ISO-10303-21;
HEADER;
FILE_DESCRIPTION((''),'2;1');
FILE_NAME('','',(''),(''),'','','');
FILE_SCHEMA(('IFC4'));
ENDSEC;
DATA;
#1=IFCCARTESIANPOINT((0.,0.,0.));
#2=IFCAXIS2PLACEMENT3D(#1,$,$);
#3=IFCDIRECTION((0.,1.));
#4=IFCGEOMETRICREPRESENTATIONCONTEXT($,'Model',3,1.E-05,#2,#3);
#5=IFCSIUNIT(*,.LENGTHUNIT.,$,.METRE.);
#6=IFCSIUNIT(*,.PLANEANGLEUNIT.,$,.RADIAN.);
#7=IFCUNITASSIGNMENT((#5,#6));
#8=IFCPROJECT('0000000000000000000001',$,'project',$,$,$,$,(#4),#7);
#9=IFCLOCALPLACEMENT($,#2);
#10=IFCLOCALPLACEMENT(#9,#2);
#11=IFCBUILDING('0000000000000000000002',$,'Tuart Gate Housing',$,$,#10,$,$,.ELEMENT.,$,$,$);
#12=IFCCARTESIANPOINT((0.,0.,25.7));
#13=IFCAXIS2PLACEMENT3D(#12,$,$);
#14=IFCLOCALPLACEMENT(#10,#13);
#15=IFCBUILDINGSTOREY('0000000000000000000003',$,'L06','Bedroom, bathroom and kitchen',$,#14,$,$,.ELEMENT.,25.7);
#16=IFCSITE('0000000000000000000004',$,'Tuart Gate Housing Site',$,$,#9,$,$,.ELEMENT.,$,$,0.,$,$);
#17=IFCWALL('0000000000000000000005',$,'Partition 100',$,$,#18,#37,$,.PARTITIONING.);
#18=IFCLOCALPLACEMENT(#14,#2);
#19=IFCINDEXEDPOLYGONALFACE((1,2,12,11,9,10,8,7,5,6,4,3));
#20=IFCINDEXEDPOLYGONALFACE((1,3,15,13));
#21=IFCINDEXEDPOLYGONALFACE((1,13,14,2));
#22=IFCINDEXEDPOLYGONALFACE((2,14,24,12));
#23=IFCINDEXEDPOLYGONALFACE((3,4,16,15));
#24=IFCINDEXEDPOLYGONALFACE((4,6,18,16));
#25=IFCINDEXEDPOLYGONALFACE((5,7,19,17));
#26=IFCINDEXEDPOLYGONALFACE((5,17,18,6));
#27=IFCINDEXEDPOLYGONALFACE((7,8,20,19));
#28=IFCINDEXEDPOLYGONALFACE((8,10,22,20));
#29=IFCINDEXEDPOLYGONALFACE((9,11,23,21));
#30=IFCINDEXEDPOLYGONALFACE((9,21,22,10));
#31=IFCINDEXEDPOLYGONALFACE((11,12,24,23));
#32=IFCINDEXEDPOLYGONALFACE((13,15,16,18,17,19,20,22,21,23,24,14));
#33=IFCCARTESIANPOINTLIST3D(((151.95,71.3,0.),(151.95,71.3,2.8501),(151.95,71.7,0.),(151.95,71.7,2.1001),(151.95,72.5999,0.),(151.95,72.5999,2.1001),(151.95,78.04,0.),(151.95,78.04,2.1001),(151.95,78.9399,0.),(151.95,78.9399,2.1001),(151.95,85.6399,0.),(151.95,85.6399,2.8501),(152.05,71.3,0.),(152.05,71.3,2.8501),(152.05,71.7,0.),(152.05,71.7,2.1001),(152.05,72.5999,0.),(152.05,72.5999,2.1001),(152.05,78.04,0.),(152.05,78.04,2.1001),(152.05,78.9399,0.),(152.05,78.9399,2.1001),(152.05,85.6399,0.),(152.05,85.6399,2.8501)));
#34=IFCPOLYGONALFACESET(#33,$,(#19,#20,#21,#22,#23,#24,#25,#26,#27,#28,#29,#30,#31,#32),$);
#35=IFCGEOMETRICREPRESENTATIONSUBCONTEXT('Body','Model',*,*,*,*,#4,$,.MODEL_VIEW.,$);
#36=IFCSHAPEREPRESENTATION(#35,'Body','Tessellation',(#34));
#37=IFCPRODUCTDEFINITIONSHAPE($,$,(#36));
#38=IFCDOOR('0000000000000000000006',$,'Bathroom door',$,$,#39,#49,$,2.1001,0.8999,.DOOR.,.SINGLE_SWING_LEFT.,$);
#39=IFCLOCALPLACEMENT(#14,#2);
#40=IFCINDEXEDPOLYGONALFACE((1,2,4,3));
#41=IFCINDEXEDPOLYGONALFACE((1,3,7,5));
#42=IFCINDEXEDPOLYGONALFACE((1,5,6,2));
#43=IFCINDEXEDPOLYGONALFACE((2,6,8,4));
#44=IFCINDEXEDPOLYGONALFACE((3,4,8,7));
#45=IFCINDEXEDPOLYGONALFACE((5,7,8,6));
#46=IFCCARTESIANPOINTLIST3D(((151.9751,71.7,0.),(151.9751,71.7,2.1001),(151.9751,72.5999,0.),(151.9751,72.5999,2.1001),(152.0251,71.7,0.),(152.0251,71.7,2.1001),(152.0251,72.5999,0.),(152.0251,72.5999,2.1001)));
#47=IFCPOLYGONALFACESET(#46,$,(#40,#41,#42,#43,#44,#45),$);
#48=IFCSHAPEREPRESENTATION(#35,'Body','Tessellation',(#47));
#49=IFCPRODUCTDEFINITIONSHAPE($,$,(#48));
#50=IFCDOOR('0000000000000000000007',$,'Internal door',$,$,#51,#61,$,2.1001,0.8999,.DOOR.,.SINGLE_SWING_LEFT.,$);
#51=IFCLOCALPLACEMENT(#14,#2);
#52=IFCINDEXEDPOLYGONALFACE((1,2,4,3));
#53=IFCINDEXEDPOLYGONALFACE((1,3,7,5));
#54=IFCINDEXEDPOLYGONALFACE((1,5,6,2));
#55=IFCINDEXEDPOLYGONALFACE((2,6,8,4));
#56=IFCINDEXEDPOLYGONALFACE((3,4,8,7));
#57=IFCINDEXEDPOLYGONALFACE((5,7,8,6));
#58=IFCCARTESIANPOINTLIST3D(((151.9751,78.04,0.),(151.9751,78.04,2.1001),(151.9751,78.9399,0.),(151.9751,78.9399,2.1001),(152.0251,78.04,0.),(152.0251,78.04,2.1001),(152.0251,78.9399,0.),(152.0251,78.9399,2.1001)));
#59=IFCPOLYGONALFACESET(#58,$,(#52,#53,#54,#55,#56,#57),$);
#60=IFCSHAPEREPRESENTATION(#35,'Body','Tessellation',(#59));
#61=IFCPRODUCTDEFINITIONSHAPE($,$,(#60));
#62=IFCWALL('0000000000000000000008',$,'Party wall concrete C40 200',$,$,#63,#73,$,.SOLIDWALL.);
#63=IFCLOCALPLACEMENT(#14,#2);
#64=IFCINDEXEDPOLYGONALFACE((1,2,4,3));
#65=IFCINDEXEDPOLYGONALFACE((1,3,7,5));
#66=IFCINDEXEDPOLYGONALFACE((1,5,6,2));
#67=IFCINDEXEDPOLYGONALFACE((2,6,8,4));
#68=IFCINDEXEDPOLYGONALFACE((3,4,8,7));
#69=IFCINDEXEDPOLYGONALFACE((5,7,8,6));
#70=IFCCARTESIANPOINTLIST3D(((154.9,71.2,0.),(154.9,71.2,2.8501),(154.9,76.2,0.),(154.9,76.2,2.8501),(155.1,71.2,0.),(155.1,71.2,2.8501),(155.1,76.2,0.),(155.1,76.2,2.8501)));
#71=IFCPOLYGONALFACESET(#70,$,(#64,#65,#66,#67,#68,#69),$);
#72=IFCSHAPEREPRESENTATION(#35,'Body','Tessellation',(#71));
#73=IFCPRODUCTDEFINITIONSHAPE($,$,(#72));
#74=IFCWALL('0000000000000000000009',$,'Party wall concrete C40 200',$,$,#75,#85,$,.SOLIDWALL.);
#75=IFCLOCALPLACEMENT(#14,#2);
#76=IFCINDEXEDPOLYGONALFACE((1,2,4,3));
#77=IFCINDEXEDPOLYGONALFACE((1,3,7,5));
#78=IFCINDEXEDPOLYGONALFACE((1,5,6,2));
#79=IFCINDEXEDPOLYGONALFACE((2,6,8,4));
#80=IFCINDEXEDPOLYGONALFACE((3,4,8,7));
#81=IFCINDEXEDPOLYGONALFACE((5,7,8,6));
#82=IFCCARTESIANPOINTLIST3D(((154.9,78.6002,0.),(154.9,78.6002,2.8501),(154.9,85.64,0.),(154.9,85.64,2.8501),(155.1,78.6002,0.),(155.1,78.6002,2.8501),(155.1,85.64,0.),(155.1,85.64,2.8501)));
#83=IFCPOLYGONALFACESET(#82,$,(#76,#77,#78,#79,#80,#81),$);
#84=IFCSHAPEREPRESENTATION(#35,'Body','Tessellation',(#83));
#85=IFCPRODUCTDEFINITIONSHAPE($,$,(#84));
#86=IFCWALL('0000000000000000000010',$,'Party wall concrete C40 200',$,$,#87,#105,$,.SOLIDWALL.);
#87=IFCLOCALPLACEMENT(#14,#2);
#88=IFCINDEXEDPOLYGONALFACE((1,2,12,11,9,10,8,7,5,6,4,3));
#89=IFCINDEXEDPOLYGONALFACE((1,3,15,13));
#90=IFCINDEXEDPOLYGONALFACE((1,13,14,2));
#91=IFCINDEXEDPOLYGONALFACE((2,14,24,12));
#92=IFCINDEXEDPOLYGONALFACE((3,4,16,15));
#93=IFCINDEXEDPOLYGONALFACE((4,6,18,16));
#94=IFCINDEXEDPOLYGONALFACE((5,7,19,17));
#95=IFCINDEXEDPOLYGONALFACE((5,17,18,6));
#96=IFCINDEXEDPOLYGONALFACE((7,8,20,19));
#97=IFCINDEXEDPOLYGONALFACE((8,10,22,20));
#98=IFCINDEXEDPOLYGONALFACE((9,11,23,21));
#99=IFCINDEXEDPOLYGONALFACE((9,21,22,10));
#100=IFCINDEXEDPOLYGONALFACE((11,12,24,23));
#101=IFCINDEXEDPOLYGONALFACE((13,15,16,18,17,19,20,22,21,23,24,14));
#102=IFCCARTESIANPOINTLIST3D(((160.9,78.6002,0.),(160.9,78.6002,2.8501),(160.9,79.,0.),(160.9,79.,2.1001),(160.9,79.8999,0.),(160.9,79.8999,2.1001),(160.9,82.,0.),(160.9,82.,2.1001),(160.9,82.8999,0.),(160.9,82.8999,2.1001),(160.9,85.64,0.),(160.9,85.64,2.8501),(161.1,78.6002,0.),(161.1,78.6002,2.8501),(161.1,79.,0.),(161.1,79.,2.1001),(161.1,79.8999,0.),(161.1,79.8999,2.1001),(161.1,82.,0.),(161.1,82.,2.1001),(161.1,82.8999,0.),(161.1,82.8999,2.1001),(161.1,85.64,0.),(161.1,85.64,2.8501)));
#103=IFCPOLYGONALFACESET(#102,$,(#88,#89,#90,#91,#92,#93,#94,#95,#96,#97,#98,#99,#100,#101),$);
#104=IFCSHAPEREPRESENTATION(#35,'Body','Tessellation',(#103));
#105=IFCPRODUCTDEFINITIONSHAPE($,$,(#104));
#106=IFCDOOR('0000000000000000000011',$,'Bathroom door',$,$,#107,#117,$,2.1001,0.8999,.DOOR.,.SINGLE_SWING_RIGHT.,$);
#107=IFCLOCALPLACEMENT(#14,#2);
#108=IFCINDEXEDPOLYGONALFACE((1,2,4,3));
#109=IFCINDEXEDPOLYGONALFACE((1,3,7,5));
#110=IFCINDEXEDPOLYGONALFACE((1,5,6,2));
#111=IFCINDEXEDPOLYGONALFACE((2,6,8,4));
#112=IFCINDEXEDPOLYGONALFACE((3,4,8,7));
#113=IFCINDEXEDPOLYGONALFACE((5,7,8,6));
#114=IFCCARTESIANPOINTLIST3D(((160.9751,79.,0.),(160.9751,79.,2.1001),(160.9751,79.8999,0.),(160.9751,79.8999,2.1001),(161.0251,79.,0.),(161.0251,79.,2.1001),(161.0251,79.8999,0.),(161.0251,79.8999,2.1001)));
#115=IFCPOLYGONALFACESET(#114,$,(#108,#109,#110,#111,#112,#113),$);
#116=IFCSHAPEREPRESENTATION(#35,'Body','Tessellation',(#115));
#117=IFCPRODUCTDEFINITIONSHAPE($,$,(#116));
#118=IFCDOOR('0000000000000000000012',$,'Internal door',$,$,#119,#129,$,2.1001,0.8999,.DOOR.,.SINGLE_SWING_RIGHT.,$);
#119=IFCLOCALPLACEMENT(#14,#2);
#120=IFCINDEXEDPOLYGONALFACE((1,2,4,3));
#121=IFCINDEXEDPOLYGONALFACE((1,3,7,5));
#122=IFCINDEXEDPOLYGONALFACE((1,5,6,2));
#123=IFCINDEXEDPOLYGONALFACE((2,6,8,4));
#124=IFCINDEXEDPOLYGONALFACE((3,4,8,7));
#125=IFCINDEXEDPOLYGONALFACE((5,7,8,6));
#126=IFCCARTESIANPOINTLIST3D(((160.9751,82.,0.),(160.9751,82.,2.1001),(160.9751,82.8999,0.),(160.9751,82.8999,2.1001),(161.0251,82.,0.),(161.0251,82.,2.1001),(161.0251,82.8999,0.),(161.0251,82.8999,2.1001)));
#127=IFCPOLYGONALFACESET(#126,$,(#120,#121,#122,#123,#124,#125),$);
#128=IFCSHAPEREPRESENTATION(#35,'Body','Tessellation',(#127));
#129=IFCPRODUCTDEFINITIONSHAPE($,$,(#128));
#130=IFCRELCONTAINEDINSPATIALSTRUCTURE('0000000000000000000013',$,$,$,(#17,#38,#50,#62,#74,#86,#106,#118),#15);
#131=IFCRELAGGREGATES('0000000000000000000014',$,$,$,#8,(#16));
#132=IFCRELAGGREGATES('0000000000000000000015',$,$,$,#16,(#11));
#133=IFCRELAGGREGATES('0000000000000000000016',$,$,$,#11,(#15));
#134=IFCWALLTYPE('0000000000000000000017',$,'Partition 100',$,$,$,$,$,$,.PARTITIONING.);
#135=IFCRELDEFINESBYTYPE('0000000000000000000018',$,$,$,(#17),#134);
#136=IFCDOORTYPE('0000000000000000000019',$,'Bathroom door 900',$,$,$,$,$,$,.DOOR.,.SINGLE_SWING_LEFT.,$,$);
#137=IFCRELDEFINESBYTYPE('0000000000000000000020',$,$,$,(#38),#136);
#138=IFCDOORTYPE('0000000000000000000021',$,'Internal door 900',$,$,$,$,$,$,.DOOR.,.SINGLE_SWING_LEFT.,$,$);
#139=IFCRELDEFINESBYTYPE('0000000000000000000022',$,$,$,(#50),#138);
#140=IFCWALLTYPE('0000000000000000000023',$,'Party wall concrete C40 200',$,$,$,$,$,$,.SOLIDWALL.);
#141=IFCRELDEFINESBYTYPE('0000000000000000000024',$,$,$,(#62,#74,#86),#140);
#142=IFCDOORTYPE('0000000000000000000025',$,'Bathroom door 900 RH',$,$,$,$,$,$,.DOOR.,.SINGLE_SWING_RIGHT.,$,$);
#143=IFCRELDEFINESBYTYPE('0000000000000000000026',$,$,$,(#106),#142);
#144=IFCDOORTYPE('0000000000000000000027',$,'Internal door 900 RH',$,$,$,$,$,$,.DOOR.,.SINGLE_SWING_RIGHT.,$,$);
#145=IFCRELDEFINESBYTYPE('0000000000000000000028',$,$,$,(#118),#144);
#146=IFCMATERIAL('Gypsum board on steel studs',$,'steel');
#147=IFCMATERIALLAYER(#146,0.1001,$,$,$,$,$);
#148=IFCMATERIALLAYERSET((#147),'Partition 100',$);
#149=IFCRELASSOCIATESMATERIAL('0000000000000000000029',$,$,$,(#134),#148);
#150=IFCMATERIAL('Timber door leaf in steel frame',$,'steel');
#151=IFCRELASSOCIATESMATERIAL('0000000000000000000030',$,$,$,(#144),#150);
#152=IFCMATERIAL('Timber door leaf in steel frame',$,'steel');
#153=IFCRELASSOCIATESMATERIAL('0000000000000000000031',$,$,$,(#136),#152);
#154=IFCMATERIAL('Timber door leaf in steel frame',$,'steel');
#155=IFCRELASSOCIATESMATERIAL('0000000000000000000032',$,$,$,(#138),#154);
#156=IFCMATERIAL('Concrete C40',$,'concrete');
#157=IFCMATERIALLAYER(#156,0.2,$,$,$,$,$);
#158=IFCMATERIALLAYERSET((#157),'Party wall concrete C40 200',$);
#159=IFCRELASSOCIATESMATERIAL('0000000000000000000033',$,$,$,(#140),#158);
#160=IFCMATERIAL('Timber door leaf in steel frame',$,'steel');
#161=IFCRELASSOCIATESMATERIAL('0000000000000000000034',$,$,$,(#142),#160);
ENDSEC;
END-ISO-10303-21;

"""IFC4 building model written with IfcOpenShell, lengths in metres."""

from ifc_helpers import new_model, si_unit, direction, frame, frame_2d, origin, place, context, subcontext, project, spatial, rectangle, extrude, material, layer, layer_set, type_object, element, fill, save


model = new_model("IFC4")

# Units and contexts
model_context = context("Model", 3, precision=1e-05, world=origin(), true_north=direction((0.0, 1.0)))
body_context = subcontext(model_context, "Body", "Model", "MODEL_VIEW")
ifc_project = project(units=[si_unit("LENGTHUNIT", "METRE"), si_unit("PLANEANGLEUNIT", "RADIAN")], contexts=[model_context])

# Site, building, storey
site_placement = place(None, origin())
site = spatial("IfcSite", under=ifc_project, at=site_placement, Name="Tuart Gate Housing Site", CompositionType="ELEMENT", RefElevation=0.0)
building_placement = place(site_placement, origin())
building = spatial("IfcBuilding", under=site, at=building_placement, Name="Tuart Gate Housing", CompositionType="ELEMENT")
storey_placement = place(building_placement, frame((0.0, 0.0, 25.7)))
storey = spatial("IfcBuildingStorey", under=building, at=storey_placement, Name="L06", Description="Bedroom, bathroom and kitchen", CompositionType="ELEMENT", Elevation=25.7)

# Shared definitions
ifc_material_1 = material(Name="Gypsum board on steel studs", Category="steel")
ifc_layer_1 = layer(ifc_material_1, 0.1001)
ifc_layer_set_1 = layer_set([ifc_layer_1], Name="Partition 100")
wall_type_1 = type_object("IfcWallType", Name="Partition 100", PredefinedType="PARTITIONING", material=ifc_layer_set_1)

# Shared definitions
ifc_material_2 = material(Name="Timber door leaf in steel frame", Category="steel")
door_type_1 = type_object("IfcDoorType", Name="Internal door 900 RH", OperationType="SINGLE_SWING_RIGHT", PredefinedType="DOOR", material=ifc_material_2)

# Wall, openings, doors
wall_1_placement = place(storey_placement, frame((152.0, 71.3, 0.0), z_axis=(0.0, 0.0, 1.0), x_axis=(0.0, 1.0, 0.0)))
wall_1 = element("IfcWall", 1, at=wall_1_placement, inside=storey, type_object=wall_type_1, Name="Partition 100", PredefinedType="PARTITIONING", context=body_context, shape_type="SweptSolid", body=[
    extrude(rectangle(XDim=14.3398, YDim=0.1001, at=frame_2d((7.1699, 0.0))), origin(), (0.0, 0.0, 1.0), 2.8501),
])
opening_1_placement = place(wall_1_placement, frame((6.74, 0.0, 0.0)))
opening_1 = element("IfcOpeningElement", 2, at=opening_1_placement, cuts=wall_1, PredefinedType="OPENING", context=body_context, shape_type="SweptSolid", body=[
    extrude(rectangle(XDim=0.8999, YDim=2.1001, at=frame_2d((0.45, 1.05))), frame((0.0, 0.0601, 0.0), z_axis=(0.0, -1.0, 0.0), x_axis=(1.0, 0.0, 0.0)), (0.0, 0.0, 1.0), 0.1201),
])
opening_2_placement = place(wall_1_placement, frame((0.3999, 0.0, 0.0)))
opening_2 = element("IfcOpeningElement", 3, at=opening_2_placement, cuts=wall_1, PredefinedType="OPENING", context=body_context, shape_type="SweptSolid", body=[
    extrude(rectangle(XDim=0.8999, YDim=2.1001, at=frame_2d((0.45, 1.05))), frame((0.0, 0.0601, 0.0), z_axis=(0.0, -1.0, 0.0), x_axis=(1.0, 0.0, 0.0)), (0.0, 0.0, 1.0), 0.1201),
])
ifc_material_3 = material(Name="Timber door leaf in steel frame", Category="steel")
door_type_2 = type_object("IfcDoorType", Name="Bathroom door 900", OperationType="SINGLE_SWING_LEFT", PredefinedType="DOOR", material=ifc_material_3)
door_1_placement = place(opening_2_placement, origin())
door_1 = element("IfcDoor", 4, at=door_1_placement, inside=storey, type_object=door_type_2, Name="Bathroom door", OperationType="SINGLE_SWING_LEFT", OverallHeight=2.1001, OverallWidth=0.8999, PredefinedType="DOOR", context=body_context, shape_type="SweptSolid", body=[
    extrude(rectangle(XDim=0.8999, YDim=2.1001, at=frame_2d((0.45, 1.05))), frame((0.0, 0.0249, 0.0), z_axis=(0.0, -1.0, 0.0), x_axis=(1.0, 0.0, 0.0)), (0.0, 0.0, 1.0), 0.05),
])
fill(opening_2, door_1)
ifc_material_4 = material(Name="Timber door leaf in steel frame", Category="steel")
door_type_3 = type_object("IfcDoorType", Name="Internal door 900", OperationType="SINGLE_SWING_LEFT", PredefinedType="DOOR", material=ifc_material_4)
door_2_placement = place(opening_1_placement, origin())
door_2 = element("IfcDoor", 5, at=door_2_placement, inside=storey, type_object=door_type_3, Name="Internal door", OperationType="SINGLE_SWING_LEFT", OverallHeight=2.1001, OverallWidth=0.8999, PredefinedType="DOOR", context=body_context, shape_type="SweptSolid", body=[
    extrude(rectangle(XDim=0.8999, YDim=2.1001, at=frame_2d((0.45, 1.05))), frame((0.0, 0.0249, 0.0), z_axis=(0.0, -1.0, 0.0), x_axis=(1.0, 0.0, 0.0)), (0.0, 0.0, 1.0), 0.05),
])
fill(opening_1, door_2)

# Walls
ifc_material_5 = material(Name="Concrete C40", Category="concrete")
ifc_layer_2 = layer(ifc_material_5, 0.2)
ifc_layer_set_2 = layer_set([ifc_layer_2], Name="Party wall concrete C40 200")
wall_type_2 = type_object("IfcWallType", Name="Party wall concrete C40 200", PredefinedType="SOLIDWALL", material=ifc_layer_set_2)
wall_2_placement = place(storey_placement, frame((155.0, 71.2, 0.0), z_axis=(0.0, 0.0, 1.0), x_axis=(0.0, 1.0, 0.0)))
element("IfcWall", 6, at=wall_2_placement, inside=storey, type_object=wall_type_2, Name="Party wall concrete C40 200", PredefinedType="SOLIDWALL", context=body_context, shape_type="SweptSolid", body=[
    extrude(rectangle(XDim=5.0, YDim=0.2, at=frame_2d((2.5, 0.0))), origin(), (0.0, 0.0, 1.0), 2.8501),
])
wall_3_placement = place(storey_placement, frame((155.0, 78.6001, 0.0), z_axis=(0.0, 0.0, 1.0), x_axis=(0.0, 1.0, 0.0)))
element("IfcWall", 7, at=wall_3_placement, inside=storey, type_object=wall_type_2, Name="Party wall concrete C40 200", PredefinedType="SOLIDWALL", context=body_context, shape_type="SweptSolid", body=[
    extrude(rectangle(XDim=7.0398, YDim=0.2, at=frame_2d((3.52, 0.0))), origin(), (0.0, 0.0, 1.0), 2.8501),
])

# Wall, openings, doors
wall_4_placement = place(storey_placement, frame((161.0, 78.6001, 0.0), z_axis=(0.0, 0.0, 1.0), x_axis=(0.0, 1.0, 0.0)))
wall_4 = element("IfcWall", 8, at=wall_4_placement, inside=storey, type_object=wall_type_2, Name="Party wall concrete C40 200", PredefinedType="SOLIDWALL", context=body_context, shape_type="SweptSolid", body=[
    extrude(rectangle(XDim=7.0398, YDim=0.2, at=frame_2d((3.52, 0.0))), origin(), (0.0, 0.0, 1.0), 2.8501),
])
opening_3_placement = place(wall_4_placement, frame((3.3999, 0.0, 0.0)))
opening_3 = element("IfcOpeningElement", 9, at=opening_3_placement, cuts=wall_4, PredefinedType="OPENING", context=body_context, shape_type="SweptSolid", body=[
    extrude(rectangle(XDim=0.8999, YDim=2.1001, at=frame_2d((0.45, 1.05))), frame((0.0, 0.1099, 0.0), z_axis=(0.0, -1.0, 0.0), x_axis=(1.0, 0.0, 0.0)), (0.0, 0.0, 1.0), 0.22),
])
opening_4_placement = place(wall_4_placement, frame((0.3999, 0.0, 0.0)))
opening_4 = element("IfcOpeningElement", 10, at=opening_4_placement, cuts=wall_4, PredefinedType="OPENING", context=body_context, shape_type="SweptSolid", body=[
    extrude(rectangle(XDim=0.8999, YDim=2.1001, at=frame_2d((0.45, 1.05))), frame((0.0, 0.1099, 0.0), z_axis=(0.0, -1.0, 0.0), x_axis=(1.0, 0.0, 0.0)), (0.0, 0.0, 1.0), 0.22),
])
ifc_material_6 = material(Name="Timber door leaf in steel frame", Category="steel")
door_type_4 = type_object("IfcDoorType", Name="Bathroom door 900 RH", OperationType="SINGLE_SWING_RIGHT", PredefinedType="DOOR", material=ifc_material_6)
door_3_placement = place(opening_4_placement, frame((0.8999, 0.0, 0.0), z_axis=(0.0, 0.0, 1.0), x_axis=(-1.0, 0.0, 0.0)))
door_3 = element("IfcDoor", 11, at=door_3_placement, inside=storey, type_object=door_type_4, Name="Bathroom door", OperationType="SINGLE_SWING_RIGHT", OverallHeight=2.1001, OverallWidth=0.8999, PredefinedType="DOOR", context=body_context, shape_type="SweptSolid", body=[
    extrude(rectangle(XDim=0.8999, YDim=2.1001, at=frame_2d((0.45, 1.05))), frame((0.0, 0.0251, 0.0), z_axis=(0.0, -1.0, 0.0), x_axis=(1.0, 0.0, 0.0)), (0.0, 0.0, 1.0), 0.05),
])
fill(opening_4, door_3)
door_4_placement = place(opening_3_placement, frame((0.8999, 0.0, 0.0), z_axis=(0.0, 0.0, 1.0), x_axis=(-1.0, 0.0, 0.0)))
door_4 = element("IfcDoor", 12, at=door_4_placement, inside=storey, type_object=door_type_1, Name="Internal door", OperationType="SINGLE_SWING_RIGHT", OverallHeight=2.1001, OverallWidth=0.8999, PredefinedType="DOOR", context=body_context, shape_type="SweptSolid", body=[
    extrude(rectangle(XDim=0.8999, YDim=2.1001, at=frame_2d((0.45, 1.05))), frame((0.0, 0.0251, 0.0), z_axis=(0.0, -1.0, 0.0), x_axis=(1.0, 0.0, 0.0)), (0.0, 0.0, 1.0), 0.05),
])
fill(opening_3, door_4)

save(model, "model.ifc")
